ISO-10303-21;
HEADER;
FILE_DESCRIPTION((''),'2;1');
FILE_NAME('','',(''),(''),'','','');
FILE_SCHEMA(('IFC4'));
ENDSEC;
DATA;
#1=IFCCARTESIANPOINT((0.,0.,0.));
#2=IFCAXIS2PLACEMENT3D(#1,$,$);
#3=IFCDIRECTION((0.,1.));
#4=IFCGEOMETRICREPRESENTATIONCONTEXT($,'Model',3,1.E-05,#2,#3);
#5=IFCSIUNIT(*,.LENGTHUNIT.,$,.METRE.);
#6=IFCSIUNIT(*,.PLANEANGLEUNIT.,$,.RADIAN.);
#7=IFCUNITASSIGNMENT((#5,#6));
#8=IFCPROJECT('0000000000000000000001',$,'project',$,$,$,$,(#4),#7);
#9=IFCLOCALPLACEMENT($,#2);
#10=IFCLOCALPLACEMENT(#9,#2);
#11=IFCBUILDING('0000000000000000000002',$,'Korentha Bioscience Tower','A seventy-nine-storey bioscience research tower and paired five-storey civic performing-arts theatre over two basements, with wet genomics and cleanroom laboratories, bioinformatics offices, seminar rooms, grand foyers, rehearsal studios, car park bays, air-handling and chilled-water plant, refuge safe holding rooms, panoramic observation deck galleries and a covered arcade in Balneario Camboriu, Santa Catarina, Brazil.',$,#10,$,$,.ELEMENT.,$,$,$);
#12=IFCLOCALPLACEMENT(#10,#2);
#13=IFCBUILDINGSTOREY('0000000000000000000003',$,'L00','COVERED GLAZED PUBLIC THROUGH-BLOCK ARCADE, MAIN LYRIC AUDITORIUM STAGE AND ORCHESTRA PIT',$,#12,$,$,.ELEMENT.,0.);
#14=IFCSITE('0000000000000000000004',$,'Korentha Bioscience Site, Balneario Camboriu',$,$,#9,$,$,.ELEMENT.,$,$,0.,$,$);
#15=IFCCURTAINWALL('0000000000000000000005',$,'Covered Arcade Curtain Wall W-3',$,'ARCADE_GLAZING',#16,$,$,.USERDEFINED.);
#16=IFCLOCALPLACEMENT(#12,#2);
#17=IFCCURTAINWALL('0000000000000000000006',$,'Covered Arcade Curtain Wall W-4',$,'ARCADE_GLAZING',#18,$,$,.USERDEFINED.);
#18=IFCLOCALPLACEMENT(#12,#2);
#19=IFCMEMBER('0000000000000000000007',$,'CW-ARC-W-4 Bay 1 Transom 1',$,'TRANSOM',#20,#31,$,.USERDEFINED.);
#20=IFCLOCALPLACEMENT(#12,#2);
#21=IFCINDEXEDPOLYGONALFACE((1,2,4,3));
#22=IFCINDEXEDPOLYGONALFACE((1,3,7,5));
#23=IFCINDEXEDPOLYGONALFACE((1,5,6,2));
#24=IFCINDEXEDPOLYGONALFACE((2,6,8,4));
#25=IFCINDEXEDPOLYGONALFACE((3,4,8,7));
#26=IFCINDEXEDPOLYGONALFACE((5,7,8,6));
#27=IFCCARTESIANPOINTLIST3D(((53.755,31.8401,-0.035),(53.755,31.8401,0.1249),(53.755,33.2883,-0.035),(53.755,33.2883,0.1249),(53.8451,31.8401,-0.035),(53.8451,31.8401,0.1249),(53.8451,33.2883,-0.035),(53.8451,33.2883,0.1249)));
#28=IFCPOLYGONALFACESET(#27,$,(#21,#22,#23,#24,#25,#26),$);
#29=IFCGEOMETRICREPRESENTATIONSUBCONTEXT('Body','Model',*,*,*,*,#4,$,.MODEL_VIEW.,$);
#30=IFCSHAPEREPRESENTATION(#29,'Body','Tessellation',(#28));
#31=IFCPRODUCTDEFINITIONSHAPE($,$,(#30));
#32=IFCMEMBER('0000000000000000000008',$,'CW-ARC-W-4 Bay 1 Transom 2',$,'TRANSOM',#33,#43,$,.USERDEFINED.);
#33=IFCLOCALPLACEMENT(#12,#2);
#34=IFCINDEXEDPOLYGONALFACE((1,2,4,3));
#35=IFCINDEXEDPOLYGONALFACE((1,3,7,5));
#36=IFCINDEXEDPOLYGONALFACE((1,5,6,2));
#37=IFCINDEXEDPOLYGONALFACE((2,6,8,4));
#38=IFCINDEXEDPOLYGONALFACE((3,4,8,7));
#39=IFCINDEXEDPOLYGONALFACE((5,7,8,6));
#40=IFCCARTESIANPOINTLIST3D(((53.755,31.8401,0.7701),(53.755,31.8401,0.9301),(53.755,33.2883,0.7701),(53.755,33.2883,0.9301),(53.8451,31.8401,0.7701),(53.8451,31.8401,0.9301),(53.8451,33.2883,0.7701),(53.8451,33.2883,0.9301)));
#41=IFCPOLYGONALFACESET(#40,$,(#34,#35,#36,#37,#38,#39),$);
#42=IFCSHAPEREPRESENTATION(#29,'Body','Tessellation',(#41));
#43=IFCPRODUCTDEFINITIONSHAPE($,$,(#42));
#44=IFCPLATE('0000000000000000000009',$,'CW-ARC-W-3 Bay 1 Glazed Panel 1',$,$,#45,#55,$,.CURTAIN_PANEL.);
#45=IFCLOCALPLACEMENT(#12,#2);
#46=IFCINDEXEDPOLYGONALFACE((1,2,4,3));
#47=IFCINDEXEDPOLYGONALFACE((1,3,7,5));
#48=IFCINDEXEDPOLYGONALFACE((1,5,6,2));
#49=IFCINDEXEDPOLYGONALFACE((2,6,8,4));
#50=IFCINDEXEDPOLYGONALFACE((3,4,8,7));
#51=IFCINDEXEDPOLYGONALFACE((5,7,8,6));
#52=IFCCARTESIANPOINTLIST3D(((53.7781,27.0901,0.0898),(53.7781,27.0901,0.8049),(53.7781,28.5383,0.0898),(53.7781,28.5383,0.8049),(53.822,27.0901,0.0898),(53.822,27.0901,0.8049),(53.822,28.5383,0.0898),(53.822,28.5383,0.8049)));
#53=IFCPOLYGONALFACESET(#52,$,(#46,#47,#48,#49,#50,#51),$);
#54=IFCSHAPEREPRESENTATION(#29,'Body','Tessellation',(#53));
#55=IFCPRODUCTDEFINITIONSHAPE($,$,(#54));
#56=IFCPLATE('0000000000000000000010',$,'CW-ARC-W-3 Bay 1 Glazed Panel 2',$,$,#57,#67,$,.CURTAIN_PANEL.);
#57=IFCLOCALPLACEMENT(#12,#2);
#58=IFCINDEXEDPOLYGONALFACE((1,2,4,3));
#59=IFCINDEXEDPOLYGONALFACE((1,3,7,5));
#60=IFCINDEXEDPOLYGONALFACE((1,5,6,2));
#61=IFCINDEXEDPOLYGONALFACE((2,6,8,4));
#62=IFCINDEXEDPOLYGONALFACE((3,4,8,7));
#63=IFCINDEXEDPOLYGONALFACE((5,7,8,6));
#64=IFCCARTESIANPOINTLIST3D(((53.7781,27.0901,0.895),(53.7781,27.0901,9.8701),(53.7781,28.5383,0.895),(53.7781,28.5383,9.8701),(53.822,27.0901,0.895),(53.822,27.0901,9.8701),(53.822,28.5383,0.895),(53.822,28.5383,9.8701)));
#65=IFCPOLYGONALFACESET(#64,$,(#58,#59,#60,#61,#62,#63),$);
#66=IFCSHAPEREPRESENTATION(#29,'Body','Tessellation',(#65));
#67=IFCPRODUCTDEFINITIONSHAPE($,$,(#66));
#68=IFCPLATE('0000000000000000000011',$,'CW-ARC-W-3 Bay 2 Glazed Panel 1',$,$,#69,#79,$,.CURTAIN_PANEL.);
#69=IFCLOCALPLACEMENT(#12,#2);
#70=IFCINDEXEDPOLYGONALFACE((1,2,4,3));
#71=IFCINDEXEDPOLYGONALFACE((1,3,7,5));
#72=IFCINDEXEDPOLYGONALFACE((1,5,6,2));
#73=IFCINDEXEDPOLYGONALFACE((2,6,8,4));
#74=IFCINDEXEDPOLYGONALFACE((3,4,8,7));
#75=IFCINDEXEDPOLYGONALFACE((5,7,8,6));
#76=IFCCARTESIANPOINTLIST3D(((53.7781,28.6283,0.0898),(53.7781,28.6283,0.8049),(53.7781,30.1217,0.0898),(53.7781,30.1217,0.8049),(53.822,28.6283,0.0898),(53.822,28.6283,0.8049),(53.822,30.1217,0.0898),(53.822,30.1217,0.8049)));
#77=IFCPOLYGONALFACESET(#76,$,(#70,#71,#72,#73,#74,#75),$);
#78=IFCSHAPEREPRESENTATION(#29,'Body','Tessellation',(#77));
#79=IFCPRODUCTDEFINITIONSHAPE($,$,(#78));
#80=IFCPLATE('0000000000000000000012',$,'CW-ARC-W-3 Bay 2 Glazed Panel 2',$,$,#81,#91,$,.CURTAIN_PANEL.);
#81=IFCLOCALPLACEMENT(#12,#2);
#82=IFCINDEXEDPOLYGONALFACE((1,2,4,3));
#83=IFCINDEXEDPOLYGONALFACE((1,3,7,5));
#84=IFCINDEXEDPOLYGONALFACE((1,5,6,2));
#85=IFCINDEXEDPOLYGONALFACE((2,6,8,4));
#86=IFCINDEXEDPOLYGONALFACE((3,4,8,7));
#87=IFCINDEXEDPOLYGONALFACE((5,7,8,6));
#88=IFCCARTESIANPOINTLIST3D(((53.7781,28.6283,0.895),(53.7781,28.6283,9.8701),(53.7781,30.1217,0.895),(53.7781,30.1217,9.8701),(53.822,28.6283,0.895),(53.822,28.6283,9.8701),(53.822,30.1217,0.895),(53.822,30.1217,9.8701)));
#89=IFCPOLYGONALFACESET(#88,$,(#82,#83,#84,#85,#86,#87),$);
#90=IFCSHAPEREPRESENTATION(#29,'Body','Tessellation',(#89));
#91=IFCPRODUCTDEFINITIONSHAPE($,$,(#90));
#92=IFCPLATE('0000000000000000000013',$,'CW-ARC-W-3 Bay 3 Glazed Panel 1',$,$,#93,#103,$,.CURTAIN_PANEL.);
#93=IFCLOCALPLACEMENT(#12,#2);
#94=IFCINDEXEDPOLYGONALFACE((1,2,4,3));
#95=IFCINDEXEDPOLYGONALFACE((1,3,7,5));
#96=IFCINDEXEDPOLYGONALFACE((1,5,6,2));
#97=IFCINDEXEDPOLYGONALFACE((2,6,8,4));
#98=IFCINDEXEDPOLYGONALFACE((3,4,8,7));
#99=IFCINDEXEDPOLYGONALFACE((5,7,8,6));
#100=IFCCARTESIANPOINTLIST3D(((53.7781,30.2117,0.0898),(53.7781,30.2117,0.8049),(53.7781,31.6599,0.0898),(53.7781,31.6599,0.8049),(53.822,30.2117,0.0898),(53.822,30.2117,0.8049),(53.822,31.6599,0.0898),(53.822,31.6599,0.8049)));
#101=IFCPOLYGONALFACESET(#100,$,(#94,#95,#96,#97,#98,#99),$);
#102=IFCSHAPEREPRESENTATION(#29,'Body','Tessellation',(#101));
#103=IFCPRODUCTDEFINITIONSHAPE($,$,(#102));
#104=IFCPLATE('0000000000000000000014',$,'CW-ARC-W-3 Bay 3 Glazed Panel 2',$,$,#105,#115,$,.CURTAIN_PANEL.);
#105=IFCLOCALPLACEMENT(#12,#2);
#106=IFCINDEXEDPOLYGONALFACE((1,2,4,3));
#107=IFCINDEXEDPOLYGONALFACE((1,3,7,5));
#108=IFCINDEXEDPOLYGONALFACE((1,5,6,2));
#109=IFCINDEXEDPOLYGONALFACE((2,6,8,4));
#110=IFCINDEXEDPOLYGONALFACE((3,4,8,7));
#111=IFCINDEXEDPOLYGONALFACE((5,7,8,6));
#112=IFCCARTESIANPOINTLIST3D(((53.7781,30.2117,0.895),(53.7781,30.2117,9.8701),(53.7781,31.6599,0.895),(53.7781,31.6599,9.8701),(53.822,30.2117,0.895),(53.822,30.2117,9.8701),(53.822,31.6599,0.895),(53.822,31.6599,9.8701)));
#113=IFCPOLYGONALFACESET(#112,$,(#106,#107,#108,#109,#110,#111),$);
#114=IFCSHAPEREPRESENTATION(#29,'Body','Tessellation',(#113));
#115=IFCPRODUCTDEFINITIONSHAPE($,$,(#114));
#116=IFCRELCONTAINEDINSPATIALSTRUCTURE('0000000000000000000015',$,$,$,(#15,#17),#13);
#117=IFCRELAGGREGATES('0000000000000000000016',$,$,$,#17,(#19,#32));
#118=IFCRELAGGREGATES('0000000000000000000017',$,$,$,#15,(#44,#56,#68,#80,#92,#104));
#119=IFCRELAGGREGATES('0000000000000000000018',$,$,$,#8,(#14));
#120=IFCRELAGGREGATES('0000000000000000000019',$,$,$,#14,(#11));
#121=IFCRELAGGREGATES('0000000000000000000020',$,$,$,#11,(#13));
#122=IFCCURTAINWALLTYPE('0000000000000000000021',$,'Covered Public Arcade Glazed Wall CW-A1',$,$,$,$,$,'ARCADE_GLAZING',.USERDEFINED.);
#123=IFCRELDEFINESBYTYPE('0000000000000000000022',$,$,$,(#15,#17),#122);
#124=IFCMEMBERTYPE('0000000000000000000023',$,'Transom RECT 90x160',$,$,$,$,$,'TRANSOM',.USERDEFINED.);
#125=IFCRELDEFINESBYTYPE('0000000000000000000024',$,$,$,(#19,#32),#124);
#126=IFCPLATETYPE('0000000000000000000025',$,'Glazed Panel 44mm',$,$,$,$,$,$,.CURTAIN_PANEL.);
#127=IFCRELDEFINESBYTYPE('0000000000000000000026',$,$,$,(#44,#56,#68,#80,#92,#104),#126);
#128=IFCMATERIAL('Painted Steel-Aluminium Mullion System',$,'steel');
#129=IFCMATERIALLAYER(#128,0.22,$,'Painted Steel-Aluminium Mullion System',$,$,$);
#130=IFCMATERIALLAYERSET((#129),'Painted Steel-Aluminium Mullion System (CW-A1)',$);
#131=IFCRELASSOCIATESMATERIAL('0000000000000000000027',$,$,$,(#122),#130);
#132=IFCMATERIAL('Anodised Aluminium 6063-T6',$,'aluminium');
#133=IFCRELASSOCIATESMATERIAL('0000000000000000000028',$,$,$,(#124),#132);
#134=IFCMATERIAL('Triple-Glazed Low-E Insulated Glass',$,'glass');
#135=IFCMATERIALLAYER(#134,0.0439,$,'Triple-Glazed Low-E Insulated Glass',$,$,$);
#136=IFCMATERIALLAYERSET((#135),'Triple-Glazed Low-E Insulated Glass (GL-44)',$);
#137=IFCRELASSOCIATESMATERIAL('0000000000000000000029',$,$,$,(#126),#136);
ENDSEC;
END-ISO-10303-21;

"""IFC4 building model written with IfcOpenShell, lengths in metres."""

from ifc_helpers import new_model, si_unit, direction, frame, origin, origin_2d, place, context, subcontext, project, spatial, rectangle, extrude, material, layer, layer_set, material_profile, profile_set, type_object, element, aggregate, save


model = new_model("IFC4")

# Units and contexts
model_context = context("Model", 3, precision=1e-05, world=origin(), true_north=direction((0.0, 1.0)))
body_context = subcontext(model_context, "Body", "Model", "MODEL_VIEW")
ifc_project = project(units=[si_unit("LENGTHUNIT", "METRE"), si_unit("PLANEANGLEUNIT", "RADIAN")], contexts=[model_context])

# Site, building, storey
site_placement = place(None, origin())
site = spatial("IfcSite", under=ifc_project, at=site_placement, Name="Korentha Bioscience Site, Balneario Camboriu", CompositionType="ELEMENT", RefElevation=0.0)
building_placement = place(site_placement, origin())
building = spatial("IfcBuilding", under=site, at=building_placement, Name="Korentha Bioscience Tower", Description="A seventy-nine-storey bioscience research tower and paired five-storey civic performing-arts theatre over two basements, with wet genomics and cleanroom laboratories, bioinformatics offices, seminar rooms, grand foyers, rehearsal studios, car park bays, air-handling and chilled-water plant, refuge safe holding rooms, panoramic observation deck galleries and a covered arcade in Balneario Camboriu, Santa Catarina, Brazil.", CompositionType="ELEMENT")
storey_placement = place(building_placement, origin())
storey = spatial("IfcBuildingStorey", under=building, at=storey_placement, Name="L00", Description="COVERED GLAZED PUBLIC THROUGH-BLOCK ARCADE, MAIN LYRIC AUDITORIUM STAGE AND ORCHESTRA PIT", CompositionType="ELEMENT", Elevation=0.0)

# Shared definitions
ifc_material_1 = material(Name="Painted Steel-Aluminium Mullion System", Category="steel")
ifc_layer_1 = layer(ifc_material_1, 0.22, Name="Painted Steel-Aluminium Mullion System")
ifc_layer_set_1 = layer_set([ifc_layer_1], Name="Painted Steel-Aluminium Mullion System (CW-A1)")
curtain_wall_type = type_object("IfcCurtainWallType", Name="Covered Public Arcade Glazed Wall CW-A1", ElementType="ARCADE_GLAZING", PredefinedType="USERDEFINED", material=ifc_layer_set_1)
ifc_material_2 = material(Name="Anodised Aluminium 6063-T6", Category="aluminium")

# Curtain wall
curtain_wall_1_placement = place(storey_placement, origin())
curtain_wall_1 = element("IfcCurtainWall", 1, at=curtain_wall_1_placement, inside=storey, type_object=curtain_wall_type, Name="Covered Arcade Curtain Wall W-3", ObjectType="ARCADE_GLAZING", PredefinedType="USERDEFINED")

# Curtain wall
curtain_wall_2_placement = place(storey_placement, origin())
curtain_wall_2 = element("IfcCurtainWall", 2, at=curtain_wall_2_placement, inside=storey, type_object=curtain_wall_type, Name="Covered Arcade Curtain Wall W-4", ObjectType="ARCADE_GLAZING", PredefinedType="USERDEFINED")

# Members
ifc_material_profile_1 = material_profile(ifc_material_2, rectangle(XDim=0.0901, YDim=0.1599, at=origin_2d()), Name="Anodised Aluminium 6063-T6")
ifc_profile_set_1 = profile_set([ifc_material_profile_1], Name="Anodised Aluminium 6063-T6 (CW-TRN)")
member_type_1 = type_object("IfcMemberType", Name="Transom RECT 90x160", ElementType="TRANSOM", PredefinedType="USERDEFINED", material=ifc_profile_set_1)
member_1_placement = place(storey_placement, frame((53.8, 31.8401, 0.0449), z_axis=(0.0, 1.0, 0.0), x_axis=(-1.0, 0.0, 0.0)))
member_1 = element("IfcMember", 3, at=member_1_placement, type_object=member_type_1, Name="CW-ARC-W-4 Bay 1 Transom 1", ObjectType="TRANSOM", PredefinedType="USERDEFINED", context=body_context, shape_type="SweptSolid", body=[
    extrude(rectangle(XDim=0.0901, YDim=0.1599, at=origin_2d()), origin(), (0.0, 0.0, 1.0), 1.4482),
])
member_2_placement = place(storey_placement, frame((53.8, 31.8401, 0.8501), z_axis=(0.0, 1.0, 0.0), x_axis=(-1.0, 0.0, 0.0)))
member_2 = element("IfcMember", 4, at=member_2_placement, type_object=member_type_1, Name="CW-ARC-W-4 Bay 1 Transom 2", ObjectType="TRANSOM", PredefinedType="USERDEFINED", context=body_context, shape_type="SweptSolid", body=[
    extrude(rectangle(XDim=0.0901, YDim=0.1599, at=origin_2d()), origin(), (0.0, 0.0, 1.0), 1.4482),
])
aggregate(curtain_wall_2, [member_1, member_2])

# Plates
ifc_material_3 = material(Name="Triple-Glazed Low-E Insulated Glass", Category="glass")
ifc_layer_2 = layer(ifc_material_3, 0.0439, Name="Triple-Glazed Low-E Insulated Glass")
ifc_layer_set_2 = layer_set([ifc_layer_2], Name="Triple-Glazed Low-E Insulated Glass (GL-44)")
plate_type = type_object("IfcPlateType", Name="Glazed Panel 44mm", PredefinedType="CURTAIN_PANEL", material=ifc_layer_set_2)
plate_1_placement = place(storey_placement, frame((53.8, 27.8142, 0.0898), z_axis=(0.0, 0.0, 1.0), x_axis=(0.0, 1.0, 0.0)))
plate_1 = element("IfcPlate", 5, at=plate_1_placement, type_object=plate_type, Name="CW-ARC-W-3 Bay 1 Glazed Panel 1", PredefinedType="CURTAIN_PANEL", context=body_context, shape_type="SweptSolid", body=[
    extrude(rectangle(XDim=1.4482, YDim=0.0439, at=origin_2d()), origin(), (0.0, 0.0, 1.0), 0.7151),
])
plate_2_placement = place(storey_placement, frame((53.8, 27.8142, 0.895), z_axis=(0.0, 0.0, 1.0), x_axis=(0.0, 1.0, 0.0)))
plate_2 = element("IfcPlate", 6, at=plate_2_placement, type_object=plate_type, Name="CW-ARC-W-3 Bay 1 Glazed Panel 2", PredefinedType="CURTAIN_PANEL", context=body_context, shape_type="SweptSolid", body=[
    extrude(rectangle(XDim=1.4482, YDim=0.0439, at=origin_2d()), origin(), (0.0, 0.0, 1.0), 8.9751),
])
plate_3_placement = place(storey_placement, frame((53.8, 29.375, 0.0898), z_axis=(0.0, 0.0, 1.0), x_axis=(0.0, 1.0, 0.0)))
plate_3 = element("IfcPlate", 7, at=plate_3_placement, type_object=plate_type, Name="CW-ARC-W-3 Bay 2 Glazed Panel 1", PredefinedType="CURTAIN_PANEL", context=body_context, shape_type="SweptSolid", body=[
    extrude(rectangle(XDim=1.4934, YDim=0.0439, at=origin_2d()), origin(), (0.0, 0.0, 1.0), 0.7151),
])
plate_4_placement = place(storey_placement, frame((53.8, 29.375, 0.895), z_axis=(0.0, 0.0, 1.0), x_axis=(0.0, 1.0, 0.0)))
plate_4 = element("IfcPlate", 8, at=plate_4_placement, type_object=plate_type, Name="CW-ARC-W-3 Bay 2 Glazed Panel 2", PredefinedType="CURTAIN_PANEL", context=body_context, shape_type="SweptSolid", body=[
    extrude(rectangle(XDim=1.4934, YDim=0.0439, at=origin_2d()), origin(), (0.0, 0.0, 1.0), 8.9751),
])
plate_5_placement = place(storey_placement, frame((53.8, 30.9358, 0.0898), z_axis=(0.0, 0.0, 1.0), x_axis=(0.0, 1.0, 0.0)))
plate_5 = element("IfcPlate", 9, at=plate_5_placement, type_object=plate_type, Name="CW-ARC-W-3 Bay 3 Glazed Panel 1", PredefinedType="CURTAIN_PANEL", context=body_context, shape_type="SweptSolid", body=[
    extrude(rectangle(XDim=1.4482, YDim=0.0439, at=origin_2d()), origin(), (0.0, 0.0, 1.0), 0.7151),
])
plate_6_placement = place(storey_placement, frame((53.8, 30.9358, 0.895), z_axis=(0.0, 0.0, 1.0), x_axis=(0.0, 1.0, 0.0)))
plate_6 = element("IfcPlate", 10, at=plate_6_placement, type_object=plate_type, Name="CW-ARC-W-3 Bay 3 Glazed Panel 2", PredefinedType="CURTAIN_PANEL", context=body_context, shape_type="SweptSolid", body=[
    extrude(rectangle(XDim=1.4482, YDim=0.0439, at=origin_2d()), origin(), (0.0, 0.0, 1.0), 8.9751),
])
aggregate(curtain_wall_1, [plate_1, plate_2, plate_3, plate_4, plate_5, plate_6])

save(model, "model.ifc")
